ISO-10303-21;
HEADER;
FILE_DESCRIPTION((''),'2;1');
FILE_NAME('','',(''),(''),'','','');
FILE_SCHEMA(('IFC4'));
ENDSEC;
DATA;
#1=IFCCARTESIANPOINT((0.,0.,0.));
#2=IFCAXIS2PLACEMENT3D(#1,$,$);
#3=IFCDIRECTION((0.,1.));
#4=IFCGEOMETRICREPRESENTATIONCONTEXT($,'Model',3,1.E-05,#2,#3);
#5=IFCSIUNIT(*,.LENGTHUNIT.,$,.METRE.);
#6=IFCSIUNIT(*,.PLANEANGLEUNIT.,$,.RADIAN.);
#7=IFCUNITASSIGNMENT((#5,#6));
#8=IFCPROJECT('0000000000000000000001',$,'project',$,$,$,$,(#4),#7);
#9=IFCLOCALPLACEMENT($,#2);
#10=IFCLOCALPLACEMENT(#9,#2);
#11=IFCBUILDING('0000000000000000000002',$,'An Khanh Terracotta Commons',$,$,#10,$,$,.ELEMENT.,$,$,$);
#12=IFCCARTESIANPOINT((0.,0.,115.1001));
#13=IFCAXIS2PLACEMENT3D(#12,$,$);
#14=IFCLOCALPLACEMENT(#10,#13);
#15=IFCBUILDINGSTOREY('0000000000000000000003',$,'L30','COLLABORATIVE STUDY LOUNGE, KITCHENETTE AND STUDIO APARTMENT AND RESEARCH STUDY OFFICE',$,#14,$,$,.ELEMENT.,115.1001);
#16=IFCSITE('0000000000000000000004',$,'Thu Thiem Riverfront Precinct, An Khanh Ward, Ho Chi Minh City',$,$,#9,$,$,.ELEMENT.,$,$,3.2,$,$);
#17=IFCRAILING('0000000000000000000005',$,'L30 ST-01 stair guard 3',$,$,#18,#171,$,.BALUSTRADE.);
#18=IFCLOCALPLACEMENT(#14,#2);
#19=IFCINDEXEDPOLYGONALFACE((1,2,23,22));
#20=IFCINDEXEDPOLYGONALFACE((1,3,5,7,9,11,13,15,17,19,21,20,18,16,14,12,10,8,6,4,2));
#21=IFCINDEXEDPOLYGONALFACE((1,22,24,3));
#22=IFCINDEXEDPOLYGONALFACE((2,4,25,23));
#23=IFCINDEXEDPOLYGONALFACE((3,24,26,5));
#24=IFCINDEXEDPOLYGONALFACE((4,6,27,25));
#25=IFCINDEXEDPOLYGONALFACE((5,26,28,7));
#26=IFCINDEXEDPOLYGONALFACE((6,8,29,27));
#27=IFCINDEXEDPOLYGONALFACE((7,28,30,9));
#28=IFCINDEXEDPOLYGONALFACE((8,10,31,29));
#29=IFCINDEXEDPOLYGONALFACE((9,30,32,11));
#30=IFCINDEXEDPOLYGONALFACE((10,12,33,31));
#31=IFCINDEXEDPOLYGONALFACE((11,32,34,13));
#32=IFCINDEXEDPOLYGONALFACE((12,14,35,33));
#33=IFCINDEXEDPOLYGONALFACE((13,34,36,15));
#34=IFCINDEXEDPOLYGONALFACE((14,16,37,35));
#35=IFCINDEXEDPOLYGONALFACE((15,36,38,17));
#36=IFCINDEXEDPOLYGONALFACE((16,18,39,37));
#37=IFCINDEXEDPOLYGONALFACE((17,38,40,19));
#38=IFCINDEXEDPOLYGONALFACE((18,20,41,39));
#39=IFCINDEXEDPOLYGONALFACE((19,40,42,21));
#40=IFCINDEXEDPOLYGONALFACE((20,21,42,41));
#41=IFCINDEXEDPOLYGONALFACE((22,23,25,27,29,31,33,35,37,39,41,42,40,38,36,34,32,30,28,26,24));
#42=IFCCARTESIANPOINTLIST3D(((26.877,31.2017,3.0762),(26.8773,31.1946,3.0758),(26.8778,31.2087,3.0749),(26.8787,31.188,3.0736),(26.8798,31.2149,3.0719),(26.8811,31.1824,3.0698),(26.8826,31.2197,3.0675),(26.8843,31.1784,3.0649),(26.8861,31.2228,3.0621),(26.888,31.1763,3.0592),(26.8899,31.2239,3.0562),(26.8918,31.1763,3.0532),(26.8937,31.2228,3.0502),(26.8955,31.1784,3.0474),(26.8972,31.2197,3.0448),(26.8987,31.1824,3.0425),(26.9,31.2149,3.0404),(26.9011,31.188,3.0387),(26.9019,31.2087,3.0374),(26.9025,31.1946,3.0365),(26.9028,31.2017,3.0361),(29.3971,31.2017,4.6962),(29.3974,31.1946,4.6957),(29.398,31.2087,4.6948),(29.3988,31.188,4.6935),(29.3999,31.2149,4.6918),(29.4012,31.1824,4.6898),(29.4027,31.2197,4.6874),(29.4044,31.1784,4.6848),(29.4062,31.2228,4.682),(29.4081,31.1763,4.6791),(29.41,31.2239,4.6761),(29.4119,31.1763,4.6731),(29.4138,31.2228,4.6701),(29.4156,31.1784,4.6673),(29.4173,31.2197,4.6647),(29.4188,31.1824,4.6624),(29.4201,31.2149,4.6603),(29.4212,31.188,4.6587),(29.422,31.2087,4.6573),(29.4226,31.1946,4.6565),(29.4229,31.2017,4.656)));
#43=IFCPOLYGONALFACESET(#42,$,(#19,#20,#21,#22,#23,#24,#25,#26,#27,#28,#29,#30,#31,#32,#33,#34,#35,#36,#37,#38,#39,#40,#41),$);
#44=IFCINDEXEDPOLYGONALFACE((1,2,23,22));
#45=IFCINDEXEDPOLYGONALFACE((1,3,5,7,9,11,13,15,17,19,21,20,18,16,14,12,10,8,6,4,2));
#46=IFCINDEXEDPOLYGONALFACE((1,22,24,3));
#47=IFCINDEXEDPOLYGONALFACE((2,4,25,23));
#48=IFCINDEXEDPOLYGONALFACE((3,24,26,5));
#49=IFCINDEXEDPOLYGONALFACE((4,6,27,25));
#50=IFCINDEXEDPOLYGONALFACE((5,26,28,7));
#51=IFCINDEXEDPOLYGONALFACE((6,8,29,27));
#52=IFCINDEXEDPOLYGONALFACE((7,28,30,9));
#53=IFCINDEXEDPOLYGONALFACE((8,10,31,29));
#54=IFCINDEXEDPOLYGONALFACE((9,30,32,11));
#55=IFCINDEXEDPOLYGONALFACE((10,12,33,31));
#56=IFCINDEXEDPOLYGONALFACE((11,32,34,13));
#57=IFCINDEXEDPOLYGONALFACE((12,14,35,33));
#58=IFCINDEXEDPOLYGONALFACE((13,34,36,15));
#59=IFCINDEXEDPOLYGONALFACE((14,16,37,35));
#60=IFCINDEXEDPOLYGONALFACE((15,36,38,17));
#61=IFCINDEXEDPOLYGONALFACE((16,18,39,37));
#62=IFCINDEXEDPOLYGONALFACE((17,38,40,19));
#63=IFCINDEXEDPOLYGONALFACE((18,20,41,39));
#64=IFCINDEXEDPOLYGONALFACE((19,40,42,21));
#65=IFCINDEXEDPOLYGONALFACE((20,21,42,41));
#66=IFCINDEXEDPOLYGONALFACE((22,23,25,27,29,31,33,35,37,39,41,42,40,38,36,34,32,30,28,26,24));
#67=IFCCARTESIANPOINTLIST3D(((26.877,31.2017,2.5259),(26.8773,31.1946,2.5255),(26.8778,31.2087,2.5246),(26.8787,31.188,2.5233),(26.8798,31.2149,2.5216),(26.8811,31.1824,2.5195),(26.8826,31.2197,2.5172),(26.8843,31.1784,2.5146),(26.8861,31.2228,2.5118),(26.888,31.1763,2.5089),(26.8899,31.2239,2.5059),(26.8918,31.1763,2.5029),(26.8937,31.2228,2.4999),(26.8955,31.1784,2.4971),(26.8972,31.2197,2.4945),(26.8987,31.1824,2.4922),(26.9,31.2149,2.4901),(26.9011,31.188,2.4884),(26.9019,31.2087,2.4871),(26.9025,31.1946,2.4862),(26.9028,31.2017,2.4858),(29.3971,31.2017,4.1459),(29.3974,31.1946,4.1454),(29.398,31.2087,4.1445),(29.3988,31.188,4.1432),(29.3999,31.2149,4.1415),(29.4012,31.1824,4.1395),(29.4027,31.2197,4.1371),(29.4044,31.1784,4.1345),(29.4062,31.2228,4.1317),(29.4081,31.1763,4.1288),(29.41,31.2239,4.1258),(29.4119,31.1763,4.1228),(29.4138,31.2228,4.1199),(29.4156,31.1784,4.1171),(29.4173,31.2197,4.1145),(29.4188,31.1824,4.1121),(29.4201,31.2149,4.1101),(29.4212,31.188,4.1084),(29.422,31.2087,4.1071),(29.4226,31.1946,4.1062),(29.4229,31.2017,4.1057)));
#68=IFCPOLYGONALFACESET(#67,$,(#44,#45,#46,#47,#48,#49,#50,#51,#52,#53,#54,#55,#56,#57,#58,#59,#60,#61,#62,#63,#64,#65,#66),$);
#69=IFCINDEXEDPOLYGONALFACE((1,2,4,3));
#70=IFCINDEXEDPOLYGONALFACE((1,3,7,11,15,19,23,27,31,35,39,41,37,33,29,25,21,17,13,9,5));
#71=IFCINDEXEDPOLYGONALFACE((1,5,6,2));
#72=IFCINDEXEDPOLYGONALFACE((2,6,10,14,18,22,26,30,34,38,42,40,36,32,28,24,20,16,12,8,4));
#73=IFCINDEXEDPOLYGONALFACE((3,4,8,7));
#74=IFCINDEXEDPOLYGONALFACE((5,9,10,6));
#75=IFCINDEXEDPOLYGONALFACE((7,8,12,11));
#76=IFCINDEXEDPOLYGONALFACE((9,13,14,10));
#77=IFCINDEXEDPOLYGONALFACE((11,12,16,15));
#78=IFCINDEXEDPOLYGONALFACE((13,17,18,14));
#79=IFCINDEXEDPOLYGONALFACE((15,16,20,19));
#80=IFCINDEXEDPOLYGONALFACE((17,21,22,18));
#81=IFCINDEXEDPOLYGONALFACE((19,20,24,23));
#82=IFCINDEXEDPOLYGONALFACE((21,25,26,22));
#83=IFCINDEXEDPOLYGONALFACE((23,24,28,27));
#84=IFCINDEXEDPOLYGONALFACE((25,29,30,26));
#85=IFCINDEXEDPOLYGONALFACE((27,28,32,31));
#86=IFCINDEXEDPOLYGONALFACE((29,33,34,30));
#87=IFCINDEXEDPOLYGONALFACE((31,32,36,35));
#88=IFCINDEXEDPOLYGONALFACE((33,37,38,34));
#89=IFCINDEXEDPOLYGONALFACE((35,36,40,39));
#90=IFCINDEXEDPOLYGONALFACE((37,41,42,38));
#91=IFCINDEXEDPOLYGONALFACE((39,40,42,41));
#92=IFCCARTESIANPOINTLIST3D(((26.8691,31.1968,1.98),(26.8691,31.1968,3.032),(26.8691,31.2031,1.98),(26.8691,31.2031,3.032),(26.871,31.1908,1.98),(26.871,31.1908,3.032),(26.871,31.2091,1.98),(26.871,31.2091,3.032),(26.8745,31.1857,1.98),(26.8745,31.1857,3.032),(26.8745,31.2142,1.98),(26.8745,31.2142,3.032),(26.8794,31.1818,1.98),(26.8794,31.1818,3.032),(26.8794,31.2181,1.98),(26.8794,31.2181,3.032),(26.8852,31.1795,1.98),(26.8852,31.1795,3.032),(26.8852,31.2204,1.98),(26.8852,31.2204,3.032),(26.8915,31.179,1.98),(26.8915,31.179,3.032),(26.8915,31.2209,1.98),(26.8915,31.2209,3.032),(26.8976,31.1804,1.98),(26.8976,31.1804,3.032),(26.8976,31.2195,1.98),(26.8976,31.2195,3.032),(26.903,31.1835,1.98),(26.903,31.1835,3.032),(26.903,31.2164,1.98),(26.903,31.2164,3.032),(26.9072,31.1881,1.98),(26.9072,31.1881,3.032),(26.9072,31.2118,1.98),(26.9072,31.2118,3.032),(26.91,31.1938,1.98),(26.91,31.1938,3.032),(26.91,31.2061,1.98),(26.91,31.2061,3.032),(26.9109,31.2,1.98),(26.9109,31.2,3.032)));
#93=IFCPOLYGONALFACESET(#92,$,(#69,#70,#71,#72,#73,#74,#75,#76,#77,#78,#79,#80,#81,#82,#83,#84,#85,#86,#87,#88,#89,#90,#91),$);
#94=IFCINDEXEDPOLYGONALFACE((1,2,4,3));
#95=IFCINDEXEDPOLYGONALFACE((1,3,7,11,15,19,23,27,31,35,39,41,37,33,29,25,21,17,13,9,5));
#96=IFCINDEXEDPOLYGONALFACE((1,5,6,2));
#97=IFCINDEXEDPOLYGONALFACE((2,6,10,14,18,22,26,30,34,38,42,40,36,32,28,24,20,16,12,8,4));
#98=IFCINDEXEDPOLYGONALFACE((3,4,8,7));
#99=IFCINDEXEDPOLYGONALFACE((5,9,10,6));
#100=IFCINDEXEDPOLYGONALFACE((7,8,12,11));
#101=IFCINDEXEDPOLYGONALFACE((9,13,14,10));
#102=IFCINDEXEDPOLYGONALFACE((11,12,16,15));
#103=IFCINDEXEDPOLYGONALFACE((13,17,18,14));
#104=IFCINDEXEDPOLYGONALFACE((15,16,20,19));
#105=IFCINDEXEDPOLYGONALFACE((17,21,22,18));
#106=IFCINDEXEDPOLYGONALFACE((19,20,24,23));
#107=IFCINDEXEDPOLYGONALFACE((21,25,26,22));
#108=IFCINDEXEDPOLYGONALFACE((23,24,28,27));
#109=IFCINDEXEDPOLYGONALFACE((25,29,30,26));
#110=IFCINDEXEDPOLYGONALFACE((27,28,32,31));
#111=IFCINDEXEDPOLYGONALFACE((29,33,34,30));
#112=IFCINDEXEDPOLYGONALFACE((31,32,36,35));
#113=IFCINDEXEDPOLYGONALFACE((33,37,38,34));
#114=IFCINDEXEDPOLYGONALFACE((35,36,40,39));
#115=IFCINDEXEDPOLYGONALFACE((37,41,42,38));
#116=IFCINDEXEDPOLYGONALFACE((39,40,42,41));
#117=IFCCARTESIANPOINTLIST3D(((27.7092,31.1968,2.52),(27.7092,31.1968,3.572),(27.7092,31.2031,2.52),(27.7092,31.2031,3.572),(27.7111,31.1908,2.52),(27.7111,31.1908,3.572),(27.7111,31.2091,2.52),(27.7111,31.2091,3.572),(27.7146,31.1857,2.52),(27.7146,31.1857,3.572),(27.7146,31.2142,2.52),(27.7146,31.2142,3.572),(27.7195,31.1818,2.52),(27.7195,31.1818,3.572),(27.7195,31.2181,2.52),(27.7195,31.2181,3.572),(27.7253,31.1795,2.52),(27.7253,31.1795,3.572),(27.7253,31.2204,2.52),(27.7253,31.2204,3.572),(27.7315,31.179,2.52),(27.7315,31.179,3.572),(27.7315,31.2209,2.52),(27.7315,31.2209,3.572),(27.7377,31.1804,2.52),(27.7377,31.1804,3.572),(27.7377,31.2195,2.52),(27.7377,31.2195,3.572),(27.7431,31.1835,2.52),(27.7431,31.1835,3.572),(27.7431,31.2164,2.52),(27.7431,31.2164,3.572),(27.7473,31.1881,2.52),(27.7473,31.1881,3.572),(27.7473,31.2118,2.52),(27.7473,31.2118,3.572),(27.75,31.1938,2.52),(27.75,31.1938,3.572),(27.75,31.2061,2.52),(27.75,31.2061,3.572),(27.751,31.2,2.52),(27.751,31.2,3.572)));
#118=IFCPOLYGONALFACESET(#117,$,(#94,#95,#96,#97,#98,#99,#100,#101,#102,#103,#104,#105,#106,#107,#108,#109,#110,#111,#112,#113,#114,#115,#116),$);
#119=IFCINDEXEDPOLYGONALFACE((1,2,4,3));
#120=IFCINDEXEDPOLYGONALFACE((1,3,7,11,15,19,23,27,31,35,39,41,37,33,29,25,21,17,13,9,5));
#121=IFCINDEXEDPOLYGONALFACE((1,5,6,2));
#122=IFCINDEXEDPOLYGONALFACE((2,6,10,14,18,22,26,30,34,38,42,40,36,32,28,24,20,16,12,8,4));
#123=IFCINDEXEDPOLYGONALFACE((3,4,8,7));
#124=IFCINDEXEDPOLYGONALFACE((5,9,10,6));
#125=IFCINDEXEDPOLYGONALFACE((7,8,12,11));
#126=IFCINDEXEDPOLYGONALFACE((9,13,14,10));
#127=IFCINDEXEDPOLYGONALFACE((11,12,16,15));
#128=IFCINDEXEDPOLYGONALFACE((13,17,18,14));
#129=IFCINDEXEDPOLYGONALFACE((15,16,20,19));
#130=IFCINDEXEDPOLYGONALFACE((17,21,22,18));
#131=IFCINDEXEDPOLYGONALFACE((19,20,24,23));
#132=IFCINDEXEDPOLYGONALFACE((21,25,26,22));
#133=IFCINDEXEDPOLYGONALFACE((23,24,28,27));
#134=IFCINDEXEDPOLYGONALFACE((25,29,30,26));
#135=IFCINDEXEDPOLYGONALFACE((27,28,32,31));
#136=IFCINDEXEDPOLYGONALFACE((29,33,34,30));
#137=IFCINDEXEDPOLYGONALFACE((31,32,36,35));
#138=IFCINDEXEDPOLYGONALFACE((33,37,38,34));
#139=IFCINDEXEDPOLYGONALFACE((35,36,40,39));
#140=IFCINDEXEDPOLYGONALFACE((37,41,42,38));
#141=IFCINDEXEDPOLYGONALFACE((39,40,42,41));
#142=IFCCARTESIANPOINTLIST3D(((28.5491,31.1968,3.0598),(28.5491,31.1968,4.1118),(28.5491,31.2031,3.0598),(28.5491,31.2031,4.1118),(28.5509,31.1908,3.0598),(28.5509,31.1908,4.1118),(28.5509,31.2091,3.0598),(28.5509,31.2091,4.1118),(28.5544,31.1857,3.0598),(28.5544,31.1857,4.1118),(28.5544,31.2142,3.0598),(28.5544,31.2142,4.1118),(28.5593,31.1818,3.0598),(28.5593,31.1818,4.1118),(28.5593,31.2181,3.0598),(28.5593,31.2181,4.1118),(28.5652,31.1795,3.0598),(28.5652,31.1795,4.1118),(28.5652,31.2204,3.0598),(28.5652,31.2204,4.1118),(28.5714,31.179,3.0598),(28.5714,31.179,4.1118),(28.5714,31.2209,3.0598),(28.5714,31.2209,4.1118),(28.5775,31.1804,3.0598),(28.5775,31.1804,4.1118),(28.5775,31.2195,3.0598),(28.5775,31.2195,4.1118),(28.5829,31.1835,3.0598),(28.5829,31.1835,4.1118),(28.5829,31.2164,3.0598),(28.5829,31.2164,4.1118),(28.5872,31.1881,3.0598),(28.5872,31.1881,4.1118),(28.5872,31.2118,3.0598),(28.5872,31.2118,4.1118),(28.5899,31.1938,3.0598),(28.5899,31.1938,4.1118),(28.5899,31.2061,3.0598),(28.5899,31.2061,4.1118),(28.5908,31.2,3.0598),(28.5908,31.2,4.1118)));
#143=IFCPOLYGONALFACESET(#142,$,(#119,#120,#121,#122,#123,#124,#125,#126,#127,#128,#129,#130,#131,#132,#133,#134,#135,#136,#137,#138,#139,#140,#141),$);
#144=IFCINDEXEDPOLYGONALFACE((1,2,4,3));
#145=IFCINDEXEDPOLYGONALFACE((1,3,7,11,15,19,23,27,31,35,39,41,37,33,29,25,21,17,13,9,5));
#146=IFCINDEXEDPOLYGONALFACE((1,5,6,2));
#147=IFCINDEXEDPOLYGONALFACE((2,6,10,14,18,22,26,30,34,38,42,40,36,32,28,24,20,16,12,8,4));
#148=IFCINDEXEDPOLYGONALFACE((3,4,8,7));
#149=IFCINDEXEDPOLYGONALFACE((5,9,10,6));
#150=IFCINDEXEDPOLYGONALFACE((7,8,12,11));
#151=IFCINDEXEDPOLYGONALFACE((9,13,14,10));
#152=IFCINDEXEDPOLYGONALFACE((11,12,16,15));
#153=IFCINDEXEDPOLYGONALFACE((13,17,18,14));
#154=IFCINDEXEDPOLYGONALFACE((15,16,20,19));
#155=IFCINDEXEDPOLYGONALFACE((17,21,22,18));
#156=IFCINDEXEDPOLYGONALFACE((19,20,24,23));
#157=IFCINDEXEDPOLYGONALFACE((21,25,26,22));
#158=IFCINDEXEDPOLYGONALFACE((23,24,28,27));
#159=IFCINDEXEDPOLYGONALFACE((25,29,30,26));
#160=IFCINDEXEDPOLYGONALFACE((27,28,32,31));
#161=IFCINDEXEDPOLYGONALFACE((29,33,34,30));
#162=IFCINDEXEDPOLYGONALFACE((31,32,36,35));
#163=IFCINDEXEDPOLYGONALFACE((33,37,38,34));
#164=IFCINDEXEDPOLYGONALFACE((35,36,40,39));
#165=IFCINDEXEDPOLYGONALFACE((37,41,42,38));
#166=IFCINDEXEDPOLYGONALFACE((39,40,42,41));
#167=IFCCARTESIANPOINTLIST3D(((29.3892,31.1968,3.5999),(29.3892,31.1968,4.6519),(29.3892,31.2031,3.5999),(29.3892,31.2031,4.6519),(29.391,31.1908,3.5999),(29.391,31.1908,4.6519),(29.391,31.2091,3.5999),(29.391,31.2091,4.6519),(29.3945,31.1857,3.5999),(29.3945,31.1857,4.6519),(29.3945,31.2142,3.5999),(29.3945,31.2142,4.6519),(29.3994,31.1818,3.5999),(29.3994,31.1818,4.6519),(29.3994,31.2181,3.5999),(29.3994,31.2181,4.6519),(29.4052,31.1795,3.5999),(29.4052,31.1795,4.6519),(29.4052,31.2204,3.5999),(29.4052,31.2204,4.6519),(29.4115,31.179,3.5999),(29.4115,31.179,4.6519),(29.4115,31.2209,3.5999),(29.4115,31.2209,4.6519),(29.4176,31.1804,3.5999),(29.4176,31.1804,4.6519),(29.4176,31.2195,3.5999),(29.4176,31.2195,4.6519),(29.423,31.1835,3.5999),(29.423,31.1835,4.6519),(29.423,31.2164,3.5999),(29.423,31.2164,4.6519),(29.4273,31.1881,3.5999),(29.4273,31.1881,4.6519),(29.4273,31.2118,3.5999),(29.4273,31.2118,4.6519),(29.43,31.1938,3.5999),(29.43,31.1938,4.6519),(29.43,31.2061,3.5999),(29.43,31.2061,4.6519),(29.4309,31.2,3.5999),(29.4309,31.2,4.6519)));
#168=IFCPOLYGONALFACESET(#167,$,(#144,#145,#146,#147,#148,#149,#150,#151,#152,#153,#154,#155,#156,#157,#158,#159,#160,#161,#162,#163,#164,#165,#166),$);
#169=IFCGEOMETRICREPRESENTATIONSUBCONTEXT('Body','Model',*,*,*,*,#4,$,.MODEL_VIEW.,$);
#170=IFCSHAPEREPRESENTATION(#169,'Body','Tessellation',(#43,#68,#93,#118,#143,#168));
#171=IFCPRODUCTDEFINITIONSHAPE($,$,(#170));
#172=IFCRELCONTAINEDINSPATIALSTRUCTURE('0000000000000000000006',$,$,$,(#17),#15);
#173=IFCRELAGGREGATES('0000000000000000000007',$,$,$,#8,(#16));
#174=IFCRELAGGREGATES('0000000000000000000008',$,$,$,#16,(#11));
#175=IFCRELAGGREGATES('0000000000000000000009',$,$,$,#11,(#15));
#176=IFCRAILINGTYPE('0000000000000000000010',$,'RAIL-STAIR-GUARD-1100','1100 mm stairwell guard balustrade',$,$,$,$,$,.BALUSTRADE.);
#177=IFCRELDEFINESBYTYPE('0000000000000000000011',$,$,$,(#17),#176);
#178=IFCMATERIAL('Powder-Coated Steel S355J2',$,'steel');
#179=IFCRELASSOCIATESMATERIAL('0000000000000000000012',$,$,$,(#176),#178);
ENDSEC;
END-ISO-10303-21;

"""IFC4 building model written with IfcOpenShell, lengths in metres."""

from ifc_helpers import new_model, si_unit, direction, frame, origin, origin_2d, place, context, subcontext, project, spatial, circle, extrude, material, type_object, element, save


model = new_model("IFC4")

# Units and contexts
model_context = context("Model", 3, precision=1e-05, world=origin(), true_north=direction((0.0, 1.0)))
body_context = subcontext(model_context, "Body", "Model", "MODEL_VIEW")
ifc_project = project(units=[si_unit("LENGTHUNIT", "METRE"), si_unit("PLANEANGLEUNIT", "RADIAN")], contexts=[model_context])

# Site, building, storey
site_placement = place(None, origin())
site = spatial("IfcSite", under=ifc_project, at=site_placement, Name="Thu Thiem Riverfront Precinct, An Khanh Ward, Ho Chi Minh City", CompositionType="ELEMENT", RefElevation=3.2)
building_placement = place(site_placement, origin())
building = spatial("IfcBuilding", under=site, at=building_placement, Name="An Khanh Terracotta Commons", CompositionType="ELEMENT")
storey_placement = place(building_placement, frame((0.0, 0.0, 115.1001)))
storey = spatial("IfcBuildingStorey", under=building, at=storey_placement, Name="L30", Description="COLLABORATIVE STUDY LOUNGE, KITCHENETTE AND STUDIO APARTMENT AND RESEARCH STUDY OFFICE", CompositionType="ELEMENT", Elevation=115.1001)

# Railing
ifc_material_1 = material(Name="Powder-Coated Steel S355J2", Category="steel")
railing_type_1 = type_object("IfcRailingType", Name="RAIL-STAIR-GUARD-1100", Description="1100 mm stairwell guard balustrade", PredefinedType="BALUSTRADE", material=ifc_material_1)
railing_1_placement = place(storey_placement, frame((26.8899, 31.2, 1.98)))
element("IfcRailing", 1, at=railing_1_placement, inside=storey, type_object=railing_type_1, Name="L30 ST-01 stair guard 3", PredefinedType="BALUSTRADE", context=body_context, shape_type="SweptSolid", body=[
    extrude(circle(Radius=0.0239, at=origin_2d()), frame((0.0, 0.0, 1.0762), z_axis=(0.8412, 0.0, 0.540725), x_axis=(0.0, 1.0, 0.0)), (0.0, 0.0, 1.0), 2.9958),
    extrude(circle(Radius=0.0239, at=origin_2d()), frame((0.0, 0.0, 0.5259), z_axis=(0.8412, 0.0, 0.540725), x_axis=(0.0, 1.0, 0.0)), (0.0, 0.0, 1.0), 2.9958),
    extrude(circle(Radius=0.021, at=origin_2d()), origin(), (0.0, 0.0, 1.0), 1.052),
    extrude(circle(Radius=0.021, at=origin_2d()), frame((0.8401, 0.0, 0.54)), (0.0, 0.0, 1.0), 1.052),
    extrude(circle(Radius=0.021, at=origin_2d()), frame((1.6799, 0.0, 1.0798)), (0.0, 0.0, 1.0), 1.052),
    extrude(circle(Radius=0.021, at=origin_2d()), frame((2.52, 0.0, 1.6199)), (0.0, 0.0, 1.0), 1.052),
])

save(model, "model.ifc")
